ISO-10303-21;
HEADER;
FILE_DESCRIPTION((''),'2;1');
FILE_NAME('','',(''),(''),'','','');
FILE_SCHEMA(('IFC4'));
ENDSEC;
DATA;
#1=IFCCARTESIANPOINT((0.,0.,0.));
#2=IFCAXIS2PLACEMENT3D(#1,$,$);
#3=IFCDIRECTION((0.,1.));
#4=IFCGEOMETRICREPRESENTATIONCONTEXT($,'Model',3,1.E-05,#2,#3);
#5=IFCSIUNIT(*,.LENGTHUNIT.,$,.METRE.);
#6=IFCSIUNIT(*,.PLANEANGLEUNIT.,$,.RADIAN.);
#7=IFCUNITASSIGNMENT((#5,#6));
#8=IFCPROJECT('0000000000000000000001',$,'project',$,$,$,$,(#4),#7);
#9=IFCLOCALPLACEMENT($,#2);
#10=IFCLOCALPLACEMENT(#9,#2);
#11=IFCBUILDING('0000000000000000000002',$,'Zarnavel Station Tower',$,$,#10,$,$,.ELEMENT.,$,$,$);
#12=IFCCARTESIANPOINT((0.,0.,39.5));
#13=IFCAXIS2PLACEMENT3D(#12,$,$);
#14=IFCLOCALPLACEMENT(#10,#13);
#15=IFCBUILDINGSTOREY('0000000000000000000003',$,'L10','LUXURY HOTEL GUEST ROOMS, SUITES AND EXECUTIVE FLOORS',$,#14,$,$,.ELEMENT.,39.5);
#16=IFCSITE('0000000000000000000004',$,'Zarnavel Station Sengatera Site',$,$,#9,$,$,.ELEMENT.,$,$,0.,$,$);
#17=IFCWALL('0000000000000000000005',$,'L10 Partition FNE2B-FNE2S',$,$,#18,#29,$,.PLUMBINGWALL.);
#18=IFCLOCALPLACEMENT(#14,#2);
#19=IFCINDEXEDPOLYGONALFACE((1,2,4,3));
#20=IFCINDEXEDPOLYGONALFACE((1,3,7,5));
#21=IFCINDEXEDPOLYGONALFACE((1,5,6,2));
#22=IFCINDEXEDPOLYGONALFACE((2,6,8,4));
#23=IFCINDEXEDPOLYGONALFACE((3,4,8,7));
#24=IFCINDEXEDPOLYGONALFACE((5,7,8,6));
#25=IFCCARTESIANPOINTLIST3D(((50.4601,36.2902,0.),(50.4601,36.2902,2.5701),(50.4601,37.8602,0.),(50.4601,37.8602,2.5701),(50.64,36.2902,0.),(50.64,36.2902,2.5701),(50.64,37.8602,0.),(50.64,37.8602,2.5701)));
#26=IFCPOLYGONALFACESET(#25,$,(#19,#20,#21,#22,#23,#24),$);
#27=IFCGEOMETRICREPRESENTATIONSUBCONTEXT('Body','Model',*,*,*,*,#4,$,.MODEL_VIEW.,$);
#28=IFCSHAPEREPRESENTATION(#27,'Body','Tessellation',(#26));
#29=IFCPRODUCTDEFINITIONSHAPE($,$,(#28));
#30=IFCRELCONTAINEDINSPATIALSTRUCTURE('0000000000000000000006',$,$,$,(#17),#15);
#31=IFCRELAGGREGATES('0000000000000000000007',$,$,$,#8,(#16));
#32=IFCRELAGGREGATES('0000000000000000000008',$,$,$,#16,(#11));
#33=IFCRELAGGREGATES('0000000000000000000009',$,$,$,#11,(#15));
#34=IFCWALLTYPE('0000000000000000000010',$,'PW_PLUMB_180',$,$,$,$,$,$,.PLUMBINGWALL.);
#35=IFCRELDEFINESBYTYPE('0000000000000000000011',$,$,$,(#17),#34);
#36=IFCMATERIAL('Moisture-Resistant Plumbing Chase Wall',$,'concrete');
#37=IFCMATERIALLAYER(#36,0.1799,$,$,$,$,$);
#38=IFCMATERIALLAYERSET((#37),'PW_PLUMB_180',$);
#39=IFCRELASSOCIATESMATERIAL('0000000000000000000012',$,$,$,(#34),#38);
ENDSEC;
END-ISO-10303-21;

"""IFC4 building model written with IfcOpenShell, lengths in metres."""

from ifc_helpers import new_model, si_unit, direction, frame, frame_2d, origin, place, context, subcontext, project, spatial, rectangle, extrude, material, layer, layer_set, type_object, element, save


model = new_model("IFC4")

# Units and contexts
model_context = context("Model", 3, precision=1e-05, world=origin(), true_north=direction((0.0, 1.0)))
body_context = subcontext(model_context, "Body", "Model", "MODEL_VIEW")
ifc_project = project(units=[si_unit("LENGTHUNIT", "METRE"), si_unit("PLANEANGLEUNIT", "RADIAN")], contexts=[model_context])

# Site, building, storey
site_placement = place(None, origin())
site = spatial("IfcSite", under=ifc_project, at=site_placement, Name="Zarnavel Station Sengatera Site", CompositionType="ELEMENT", RefElevation=0.0)
building_placement = place(site_placement, origin())
building = spatial("IfcBuilding", under=site, at=building_placement, Name="Zarnavel Station Tower", CompositionType="ELEMENT")
storey_placement = place(building_placement, frame((0.0, 0.0, 39.5)))
storey = spatial("IfcBuildingStorey", under=building, at=storey_placement, Name="L10", Description="LUXURY HOTEL GUEST ROOMS, SUITES AND EXECUTIVE FLOORS", CompositionType="ELEMENT", Elevation=39.5)

# Shared definitions
ifc_material_1 = material(Name="Moisture-Resistant Plumbing Chase Wall", Category="concrete")
ifc_layer_1 = layer(ifc_material_1, 0.1799)
ifc_layer_set_1 = layer_set([ifc_layer_1], Name="PW_PLUMB_180")
wall_type_1 = type_object("IfcWallType", Name="PW_PLUMB_180", PredefinedType="PLUMBINGWALL", material=ifc_layer_set_1)

# Wall
wall_1_placement = place(storey_placement, frame((50.55, 36.29, 0.0), z_axis=(0.0, 0.0, 1.0), x_axis=(0.0, 1.0, 0.0)))
element("IfcWall", 1, at=wall_1_placement, inside=storey, type_object=wall_type_1, Name="L10 Partition FNE2B-FNE2S", PredefinedType="PLUMBINGWALL", context=body_context, shape_type="SweptSolid", body=[
    extrude(rectangle(XDim=1.5701, YDim=0.1799, at=frame_2d((0.7852, 0.0))), origin(), (0.0, 0.0, 1.0), 2.5701),
])

save(model, "model.ifc")
